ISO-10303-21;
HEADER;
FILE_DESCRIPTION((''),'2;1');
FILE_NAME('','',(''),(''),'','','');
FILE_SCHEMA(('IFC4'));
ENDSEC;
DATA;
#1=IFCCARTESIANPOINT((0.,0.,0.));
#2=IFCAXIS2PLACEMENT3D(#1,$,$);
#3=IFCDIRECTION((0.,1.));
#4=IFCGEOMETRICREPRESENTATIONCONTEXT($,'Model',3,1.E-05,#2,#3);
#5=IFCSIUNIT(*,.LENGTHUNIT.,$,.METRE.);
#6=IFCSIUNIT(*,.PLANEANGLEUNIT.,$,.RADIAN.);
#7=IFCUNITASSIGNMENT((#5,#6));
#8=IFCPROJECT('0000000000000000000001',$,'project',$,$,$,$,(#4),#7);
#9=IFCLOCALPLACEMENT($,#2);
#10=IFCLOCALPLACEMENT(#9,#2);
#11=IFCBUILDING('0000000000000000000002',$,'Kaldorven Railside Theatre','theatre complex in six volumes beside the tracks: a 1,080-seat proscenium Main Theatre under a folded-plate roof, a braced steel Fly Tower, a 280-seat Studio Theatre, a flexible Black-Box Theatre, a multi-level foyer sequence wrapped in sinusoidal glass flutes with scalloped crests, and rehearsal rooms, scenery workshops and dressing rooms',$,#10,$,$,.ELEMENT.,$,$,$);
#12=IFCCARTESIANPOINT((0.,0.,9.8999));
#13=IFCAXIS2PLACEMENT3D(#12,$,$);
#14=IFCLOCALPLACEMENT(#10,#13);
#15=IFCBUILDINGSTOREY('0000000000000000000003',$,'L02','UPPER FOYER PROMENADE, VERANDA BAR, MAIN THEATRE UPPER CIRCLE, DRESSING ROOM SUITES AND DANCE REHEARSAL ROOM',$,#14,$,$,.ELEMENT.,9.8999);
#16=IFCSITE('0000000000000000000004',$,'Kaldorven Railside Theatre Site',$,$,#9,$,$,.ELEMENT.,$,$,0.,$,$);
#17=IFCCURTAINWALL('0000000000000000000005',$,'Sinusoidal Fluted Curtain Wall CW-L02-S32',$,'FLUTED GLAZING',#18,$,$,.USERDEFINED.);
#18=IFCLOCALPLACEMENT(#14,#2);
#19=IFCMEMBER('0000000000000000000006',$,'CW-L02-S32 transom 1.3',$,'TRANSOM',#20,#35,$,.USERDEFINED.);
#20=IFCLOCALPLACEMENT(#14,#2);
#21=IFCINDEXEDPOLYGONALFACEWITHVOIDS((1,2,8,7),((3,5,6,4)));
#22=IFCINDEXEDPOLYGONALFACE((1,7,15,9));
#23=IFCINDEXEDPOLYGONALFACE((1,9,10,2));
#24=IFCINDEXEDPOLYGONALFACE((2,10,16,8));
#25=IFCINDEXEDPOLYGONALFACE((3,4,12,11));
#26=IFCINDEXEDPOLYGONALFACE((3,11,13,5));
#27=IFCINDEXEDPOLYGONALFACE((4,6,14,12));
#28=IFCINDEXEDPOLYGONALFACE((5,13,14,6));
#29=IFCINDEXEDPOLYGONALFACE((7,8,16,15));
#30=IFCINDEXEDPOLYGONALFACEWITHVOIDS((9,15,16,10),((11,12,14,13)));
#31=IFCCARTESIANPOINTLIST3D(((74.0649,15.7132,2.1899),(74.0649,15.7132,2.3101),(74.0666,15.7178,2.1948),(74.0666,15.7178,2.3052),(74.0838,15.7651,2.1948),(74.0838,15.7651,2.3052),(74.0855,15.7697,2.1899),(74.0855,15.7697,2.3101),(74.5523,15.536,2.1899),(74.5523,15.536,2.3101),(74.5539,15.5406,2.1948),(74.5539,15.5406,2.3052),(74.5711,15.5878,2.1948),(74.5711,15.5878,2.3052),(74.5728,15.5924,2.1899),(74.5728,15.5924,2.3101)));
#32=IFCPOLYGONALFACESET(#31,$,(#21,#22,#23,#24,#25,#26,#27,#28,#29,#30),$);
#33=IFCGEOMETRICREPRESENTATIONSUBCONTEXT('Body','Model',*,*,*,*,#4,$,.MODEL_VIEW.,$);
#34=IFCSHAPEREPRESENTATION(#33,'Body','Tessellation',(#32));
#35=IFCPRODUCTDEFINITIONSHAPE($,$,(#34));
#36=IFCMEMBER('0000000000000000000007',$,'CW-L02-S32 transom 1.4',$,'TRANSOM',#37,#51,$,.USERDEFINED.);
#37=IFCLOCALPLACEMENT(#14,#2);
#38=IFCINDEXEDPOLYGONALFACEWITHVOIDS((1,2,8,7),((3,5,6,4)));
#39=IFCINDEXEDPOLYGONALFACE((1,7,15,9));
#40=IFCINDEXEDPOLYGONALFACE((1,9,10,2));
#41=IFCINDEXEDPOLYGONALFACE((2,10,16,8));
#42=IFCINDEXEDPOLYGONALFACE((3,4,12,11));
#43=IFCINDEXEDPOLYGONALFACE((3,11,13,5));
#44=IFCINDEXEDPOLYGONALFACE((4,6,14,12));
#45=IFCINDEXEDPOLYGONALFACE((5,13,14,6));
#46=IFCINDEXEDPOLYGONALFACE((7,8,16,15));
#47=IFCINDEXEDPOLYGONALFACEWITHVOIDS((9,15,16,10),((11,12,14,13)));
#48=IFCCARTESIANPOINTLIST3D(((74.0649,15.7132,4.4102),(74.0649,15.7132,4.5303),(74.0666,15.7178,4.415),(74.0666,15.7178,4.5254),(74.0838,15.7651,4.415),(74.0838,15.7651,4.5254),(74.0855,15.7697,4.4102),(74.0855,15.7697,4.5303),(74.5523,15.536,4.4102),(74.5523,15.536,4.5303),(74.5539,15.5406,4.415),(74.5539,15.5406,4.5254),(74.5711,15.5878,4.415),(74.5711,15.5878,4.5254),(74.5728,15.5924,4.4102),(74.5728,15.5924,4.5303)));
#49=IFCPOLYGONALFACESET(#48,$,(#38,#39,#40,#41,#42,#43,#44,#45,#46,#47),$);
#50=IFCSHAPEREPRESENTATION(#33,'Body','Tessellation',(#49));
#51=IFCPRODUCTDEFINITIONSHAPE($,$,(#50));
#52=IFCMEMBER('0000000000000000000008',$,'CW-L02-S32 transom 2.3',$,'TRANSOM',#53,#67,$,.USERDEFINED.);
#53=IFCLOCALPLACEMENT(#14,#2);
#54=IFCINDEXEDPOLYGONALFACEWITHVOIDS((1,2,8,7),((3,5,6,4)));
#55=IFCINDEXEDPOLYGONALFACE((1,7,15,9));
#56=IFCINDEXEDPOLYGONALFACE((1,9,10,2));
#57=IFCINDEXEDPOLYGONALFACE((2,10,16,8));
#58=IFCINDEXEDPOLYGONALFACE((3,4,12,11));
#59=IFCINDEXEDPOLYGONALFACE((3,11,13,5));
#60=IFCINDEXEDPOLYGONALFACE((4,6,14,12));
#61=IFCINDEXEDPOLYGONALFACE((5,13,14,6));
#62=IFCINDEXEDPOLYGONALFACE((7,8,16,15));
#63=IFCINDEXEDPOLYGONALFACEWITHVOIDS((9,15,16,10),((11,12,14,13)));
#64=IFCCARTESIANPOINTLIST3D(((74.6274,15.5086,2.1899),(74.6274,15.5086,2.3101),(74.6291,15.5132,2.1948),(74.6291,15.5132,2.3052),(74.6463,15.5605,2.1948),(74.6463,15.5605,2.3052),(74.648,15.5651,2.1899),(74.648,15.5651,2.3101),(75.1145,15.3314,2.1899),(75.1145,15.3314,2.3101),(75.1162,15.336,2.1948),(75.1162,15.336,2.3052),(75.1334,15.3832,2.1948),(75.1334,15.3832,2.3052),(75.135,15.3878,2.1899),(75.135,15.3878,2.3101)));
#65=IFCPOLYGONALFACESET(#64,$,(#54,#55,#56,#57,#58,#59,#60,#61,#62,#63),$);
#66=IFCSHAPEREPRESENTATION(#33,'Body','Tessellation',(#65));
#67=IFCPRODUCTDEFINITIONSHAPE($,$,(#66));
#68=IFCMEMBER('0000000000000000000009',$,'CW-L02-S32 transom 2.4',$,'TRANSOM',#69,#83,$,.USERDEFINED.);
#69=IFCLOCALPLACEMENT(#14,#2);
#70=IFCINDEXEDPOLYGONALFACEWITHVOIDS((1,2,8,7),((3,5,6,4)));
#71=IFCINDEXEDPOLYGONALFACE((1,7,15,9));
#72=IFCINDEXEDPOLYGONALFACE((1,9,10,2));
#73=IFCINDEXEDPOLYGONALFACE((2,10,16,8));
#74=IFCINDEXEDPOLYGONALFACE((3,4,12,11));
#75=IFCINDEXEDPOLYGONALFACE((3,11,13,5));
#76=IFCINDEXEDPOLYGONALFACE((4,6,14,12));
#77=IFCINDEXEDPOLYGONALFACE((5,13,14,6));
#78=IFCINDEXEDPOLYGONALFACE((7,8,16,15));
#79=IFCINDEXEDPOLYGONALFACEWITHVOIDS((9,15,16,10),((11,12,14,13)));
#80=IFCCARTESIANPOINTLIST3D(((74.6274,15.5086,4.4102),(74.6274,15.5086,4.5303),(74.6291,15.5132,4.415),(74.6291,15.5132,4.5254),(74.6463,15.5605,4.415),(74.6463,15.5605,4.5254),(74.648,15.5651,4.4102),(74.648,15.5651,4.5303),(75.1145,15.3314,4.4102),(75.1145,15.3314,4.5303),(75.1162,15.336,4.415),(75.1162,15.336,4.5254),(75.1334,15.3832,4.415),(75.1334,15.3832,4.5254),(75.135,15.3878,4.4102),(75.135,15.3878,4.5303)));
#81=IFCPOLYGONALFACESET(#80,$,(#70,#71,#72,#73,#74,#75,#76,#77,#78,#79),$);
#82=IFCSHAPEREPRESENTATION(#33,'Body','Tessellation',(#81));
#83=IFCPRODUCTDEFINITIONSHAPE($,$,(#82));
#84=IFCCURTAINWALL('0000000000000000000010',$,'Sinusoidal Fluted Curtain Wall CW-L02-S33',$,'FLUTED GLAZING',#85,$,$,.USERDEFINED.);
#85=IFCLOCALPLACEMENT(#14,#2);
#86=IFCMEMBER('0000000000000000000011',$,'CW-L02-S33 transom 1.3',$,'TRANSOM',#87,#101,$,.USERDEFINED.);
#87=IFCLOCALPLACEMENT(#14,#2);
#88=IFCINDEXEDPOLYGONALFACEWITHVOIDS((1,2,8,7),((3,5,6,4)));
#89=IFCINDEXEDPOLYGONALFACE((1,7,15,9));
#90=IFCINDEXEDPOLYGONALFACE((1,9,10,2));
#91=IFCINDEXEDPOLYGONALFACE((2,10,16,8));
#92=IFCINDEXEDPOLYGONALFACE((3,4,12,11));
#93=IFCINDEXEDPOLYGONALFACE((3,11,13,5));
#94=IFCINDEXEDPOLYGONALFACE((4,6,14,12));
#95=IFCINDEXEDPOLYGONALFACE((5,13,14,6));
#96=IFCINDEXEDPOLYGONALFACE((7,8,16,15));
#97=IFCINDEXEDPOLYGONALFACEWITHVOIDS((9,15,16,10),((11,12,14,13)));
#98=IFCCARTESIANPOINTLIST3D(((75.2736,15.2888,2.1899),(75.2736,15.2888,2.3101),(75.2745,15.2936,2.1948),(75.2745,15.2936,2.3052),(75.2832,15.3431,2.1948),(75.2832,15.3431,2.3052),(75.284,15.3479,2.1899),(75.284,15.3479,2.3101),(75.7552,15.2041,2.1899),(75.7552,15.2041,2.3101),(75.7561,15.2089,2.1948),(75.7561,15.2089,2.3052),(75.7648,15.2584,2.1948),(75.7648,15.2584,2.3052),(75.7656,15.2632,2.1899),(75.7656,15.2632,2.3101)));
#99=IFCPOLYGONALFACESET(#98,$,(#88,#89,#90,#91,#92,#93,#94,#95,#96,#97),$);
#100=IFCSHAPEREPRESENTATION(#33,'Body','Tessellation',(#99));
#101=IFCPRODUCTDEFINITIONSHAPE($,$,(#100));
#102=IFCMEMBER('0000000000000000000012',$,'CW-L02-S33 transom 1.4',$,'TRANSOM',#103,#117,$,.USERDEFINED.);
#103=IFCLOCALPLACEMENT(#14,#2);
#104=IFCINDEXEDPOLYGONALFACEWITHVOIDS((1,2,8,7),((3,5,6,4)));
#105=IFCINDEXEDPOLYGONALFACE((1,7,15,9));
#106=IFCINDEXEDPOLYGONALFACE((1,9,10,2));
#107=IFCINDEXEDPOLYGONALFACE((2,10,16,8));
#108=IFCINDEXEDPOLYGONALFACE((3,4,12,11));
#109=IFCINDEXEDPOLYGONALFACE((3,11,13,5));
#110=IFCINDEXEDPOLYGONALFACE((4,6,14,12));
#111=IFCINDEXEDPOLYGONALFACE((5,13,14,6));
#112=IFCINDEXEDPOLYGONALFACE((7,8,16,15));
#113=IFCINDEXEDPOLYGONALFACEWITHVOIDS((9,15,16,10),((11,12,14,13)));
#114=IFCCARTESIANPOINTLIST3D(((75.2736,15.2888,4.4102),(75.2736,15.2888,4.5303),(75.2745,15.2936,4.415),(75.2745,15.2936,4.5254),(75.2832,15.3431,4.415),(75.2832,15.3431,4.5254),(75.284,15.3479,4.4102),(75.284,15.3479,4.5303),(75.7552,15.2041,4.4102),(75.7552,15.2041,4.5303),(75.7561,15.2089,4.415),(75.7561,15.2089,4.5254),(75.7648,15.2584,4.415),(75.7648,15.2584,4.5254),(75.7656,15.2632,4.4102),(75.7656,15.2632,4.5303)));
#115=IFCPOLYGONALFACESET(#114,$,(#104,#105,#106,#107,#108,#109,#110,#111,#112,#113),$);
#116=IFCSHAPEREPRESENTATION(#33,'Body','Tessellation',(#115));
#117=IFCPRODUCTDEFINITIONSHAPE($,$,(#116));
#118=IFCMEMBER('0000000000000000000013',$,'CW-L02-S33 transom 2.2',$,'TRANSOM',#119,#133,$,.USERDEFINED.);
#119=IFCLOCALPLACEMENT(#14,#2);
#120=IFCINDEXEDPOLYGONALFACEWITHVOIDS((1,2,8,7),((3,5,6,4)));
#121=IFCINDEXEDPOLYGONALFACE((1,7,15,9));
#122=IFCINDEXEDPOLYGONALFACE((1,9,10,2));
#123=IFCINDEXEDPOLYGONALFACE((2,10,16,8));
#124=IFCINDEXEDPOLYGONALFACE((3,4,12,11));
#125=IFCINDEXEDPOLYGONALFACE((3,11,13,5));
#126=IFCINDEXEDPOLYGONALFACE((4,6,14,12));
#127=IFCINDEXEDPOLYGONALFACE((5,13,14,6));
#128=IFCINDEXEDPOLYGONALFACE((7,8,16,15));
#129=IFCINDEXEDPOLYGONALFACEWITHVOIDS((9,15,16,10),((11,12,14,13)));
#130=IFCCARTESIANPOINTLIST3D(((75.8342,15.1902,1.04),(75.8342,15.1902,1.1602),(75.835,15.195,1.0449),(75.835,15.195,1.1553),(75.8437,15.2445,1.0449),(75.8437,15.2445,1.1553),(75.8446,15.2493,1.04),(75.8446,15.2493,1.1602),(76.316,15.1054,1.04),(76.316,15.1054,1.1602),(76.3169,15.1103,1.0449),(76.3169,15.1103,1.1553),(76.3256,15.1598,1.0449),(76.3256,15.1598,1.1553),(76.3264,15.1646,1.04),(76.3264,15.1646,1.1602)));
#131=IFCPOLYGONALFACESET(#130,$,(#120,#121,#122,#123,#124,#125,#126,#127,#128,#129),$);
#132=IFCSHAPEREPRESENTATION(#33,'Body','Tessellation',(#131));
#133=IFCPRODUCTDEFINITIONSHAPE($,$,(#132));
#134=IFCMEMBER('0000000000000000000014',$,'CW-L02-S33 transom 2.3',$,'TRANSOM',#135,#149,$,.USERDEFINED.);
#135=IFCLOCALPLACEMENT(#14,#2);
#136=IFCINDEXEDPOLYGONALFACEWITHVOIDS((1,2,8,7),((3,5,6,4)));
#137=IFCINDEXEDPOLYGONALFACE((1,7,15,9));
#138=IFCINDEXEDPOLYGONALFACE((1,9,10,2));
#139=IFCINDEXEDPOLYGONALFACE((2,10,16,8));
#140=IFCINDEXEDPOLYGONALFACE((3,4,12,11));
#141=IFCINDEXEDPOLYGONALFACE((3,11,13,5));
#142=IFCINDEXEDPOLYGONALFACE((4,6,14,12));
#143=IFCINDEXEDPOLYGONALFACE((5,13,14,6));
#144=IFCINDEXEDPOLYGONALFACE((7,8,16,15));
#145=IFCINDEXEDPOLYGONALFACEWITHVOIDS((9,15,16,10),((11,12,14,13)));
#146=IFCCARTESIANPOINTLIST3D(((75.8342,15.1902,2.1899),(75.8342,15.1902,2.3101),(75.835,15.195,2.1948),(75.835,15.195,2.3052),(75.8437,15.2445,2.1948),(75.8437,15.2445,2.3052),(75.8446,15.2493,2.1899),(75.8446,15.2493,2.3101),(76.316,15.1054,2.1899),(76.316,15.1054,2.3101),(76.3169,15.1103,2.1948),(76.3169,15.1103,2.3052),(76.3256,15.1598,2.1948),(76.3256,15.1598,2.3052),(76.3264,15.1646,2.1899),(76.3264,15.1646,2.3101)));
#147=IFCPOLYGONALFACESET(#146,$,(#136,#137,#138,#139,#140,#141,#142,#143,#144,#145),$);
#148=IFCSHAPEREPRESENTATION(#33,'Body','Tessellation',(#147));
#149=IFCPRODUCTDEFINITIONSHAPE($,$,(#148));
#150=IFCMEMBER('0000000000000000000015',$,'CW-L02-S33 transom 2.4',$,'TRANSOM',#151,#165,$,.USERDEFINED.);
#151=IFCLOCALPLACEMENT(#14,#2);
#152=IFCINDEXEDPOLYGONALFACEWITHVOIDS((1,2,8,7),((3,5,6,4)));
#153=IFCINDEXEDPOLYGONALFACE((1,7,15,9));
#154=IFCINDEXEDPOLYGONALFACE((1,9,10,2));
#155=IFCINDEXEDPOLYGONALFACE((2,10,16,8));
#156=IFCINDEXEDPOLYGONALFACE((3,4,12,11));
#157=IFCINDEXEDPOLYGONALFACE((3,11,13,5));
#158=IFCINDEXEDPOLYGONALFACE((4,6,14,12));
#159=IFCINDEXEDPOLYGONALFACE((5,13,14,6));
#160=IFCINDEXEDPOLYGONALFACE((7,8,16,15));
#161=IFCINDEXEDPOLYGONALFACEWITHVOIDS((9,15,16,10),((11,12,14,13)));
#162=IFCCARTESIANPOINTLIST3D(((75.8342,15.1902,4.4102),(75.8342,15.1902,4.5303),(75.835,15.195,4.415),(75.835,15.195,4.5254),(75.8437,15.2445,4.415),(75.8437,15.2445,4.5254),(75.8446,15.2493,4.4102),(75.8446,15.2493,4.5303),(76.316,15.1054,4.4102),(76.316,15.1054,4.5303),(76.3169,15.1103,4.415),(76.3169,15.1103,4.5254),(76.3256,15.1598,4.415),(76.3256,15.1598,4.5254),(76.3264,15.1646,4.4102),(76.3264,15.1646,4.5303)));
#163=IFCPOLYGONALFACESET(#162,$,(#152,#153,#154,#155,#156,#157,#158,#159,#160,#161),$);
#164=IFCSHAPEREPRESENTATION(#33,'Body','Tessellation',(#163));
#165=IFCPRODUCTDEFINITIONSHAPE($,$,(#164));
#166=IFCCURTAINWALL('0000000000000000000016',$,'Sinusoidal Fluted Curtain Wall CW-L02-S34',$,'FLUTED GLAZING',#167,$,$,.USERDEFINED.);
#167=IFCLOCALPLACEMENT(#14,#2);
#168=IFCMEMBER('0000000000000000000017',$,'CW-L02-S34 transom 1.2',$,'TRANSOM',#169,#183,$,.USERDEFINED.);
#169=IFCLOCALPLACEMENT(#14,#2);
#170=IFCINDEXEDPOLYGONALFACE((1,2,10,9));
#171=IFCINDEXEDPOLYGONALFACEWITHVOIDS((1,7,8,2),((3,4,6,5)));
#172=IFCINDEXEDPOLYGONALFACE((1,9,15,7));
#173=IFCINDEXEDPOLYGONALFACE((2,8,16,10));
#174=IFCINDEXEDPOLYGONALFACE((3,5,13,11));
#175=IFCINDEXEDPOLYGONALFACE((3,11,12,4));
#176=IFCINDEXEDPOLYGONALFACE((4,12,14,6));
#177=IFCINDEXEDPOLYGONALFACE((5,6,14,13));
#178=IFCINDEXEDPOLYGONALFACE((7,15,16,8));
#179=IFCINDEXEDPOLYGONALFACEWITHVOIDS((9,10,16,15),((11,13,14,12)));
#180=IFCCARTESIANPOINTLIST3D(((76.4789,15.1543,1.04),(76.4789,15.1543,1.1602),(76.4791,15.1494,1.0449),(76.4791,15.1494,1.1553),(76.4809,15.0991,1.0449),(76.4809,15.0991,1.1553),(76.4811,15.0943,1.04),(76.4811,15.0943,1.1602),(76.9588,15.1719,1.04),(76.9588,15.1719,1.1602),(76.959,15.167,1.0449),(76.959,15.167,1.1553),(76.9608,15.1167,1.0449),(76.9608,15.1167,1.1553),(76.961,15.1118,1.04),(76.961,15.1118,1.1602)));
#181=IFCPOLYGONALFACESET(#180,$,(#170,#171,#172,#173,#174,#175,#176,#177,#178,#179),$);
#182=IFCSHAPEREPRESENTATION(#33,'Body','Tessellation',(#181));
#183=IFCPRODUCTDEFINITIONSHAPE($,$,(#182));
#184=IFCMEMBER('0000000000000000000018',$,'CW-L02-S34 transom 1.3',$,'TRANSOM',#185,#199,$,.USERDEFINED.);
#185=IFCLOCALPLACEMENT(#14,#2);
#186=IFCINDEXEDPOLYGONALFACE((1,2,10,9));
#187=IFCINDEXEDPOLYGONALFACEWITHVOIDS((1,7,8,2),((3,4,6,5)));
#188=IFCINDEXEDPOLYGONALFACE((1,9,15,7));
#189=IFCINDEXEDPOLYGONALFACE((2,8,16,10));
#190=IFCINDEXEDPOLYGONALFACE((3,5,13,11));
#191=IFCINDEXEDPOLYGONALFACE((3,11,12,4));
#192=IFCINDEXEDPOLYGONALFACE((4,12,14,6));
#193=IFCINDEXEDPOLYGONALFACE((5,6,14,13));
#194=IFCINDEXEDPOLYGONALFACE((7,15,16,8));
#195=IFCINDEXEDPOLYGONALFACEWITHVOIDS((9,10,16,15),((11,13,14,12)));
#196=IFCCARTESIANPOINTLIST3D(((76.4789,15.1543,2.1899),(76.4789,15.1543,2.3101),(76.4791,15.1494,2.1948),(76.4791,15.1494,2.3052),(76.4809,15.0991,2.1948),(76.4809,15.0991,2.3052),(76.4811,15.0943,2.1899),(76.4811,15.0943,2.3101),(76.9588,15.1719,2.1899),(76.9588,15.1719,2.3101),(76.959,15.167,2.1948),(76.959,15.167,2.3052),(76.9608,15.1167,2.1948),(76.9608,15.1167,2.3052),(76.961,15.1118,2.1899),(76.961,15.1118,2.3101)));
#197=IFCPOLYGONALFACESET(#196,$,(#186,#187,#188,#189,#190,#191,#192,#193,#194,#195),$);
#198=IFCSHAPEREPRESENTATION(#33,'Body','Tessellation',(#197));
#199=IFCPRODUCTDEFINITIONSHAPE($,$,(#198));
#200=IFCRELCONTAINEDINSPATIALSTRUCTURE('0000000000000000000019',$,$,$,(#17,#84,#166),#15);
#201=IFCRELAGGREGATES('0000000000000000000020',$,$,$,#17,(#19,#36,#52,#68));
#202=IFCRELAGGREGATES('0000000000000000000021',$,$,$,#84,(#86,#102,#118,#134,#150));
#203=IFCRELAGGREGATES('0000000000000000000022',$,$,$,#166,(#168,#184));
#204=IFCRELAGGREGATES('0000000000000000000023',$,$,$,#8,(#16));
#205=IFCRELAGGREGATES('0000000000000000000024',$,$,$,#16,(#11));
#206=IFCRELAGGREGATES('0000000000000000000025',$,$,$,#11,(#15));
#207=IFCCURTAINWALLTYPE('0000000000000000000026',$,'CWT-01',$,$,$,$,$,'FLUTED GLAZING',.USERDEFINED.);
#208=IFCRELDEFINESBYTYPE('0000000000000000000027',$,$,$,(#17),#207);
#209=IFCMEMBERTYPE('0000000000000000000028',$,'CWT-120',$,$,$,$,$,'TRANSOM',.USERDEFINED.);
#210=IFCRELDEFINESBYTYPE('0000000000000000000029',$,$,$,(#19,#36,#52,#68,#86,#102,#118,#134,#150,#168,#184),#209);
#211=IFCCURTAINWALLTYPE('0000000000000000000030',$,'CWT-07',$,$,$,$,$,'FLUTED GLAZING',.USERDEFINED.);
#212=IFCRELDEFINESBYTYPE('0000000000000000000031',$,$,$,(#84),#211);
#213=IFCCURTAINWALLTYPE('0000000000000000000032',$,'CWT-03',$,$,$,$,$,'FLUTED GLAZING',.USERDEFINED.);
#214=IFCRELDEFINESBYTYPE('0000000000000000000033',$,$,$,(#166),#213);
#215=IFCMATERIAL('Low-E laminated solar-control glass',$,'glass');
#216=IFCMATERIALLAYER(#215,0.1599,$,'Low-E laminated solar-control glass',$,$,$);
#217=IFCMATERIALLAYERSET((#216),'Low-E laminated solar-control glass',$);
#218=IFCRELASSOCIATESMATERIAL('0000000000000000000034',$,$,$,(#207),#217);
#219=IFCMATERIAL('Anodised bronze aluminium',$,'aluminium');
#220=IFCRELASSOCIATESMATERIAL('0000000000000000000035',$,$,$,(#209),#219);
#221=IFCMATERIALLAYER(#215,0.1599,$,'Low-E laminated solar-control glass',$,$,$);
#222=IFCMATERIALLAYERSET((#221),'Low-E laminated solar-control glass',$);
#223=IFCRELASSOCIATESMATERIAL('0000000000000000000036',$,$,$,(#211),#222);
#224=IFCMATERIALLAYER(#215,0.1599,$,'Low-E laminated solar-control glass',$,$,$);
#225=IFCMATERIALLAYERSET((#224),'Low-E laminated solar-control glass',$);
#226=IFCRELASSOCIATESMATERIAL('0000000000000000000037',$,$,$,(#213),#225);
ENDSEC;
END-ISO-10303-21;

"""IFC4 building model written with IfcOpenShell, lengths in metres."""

from ifc_helpers import new_model, si_unit, direction, frame, origin, origin_2d, place, context, subcontext, project, spatial, hollow_rectangle, extrude, material, layer, layer_set, material_profile, profile_set, type_object, element, aggregate, save


model = new_model("IFC4")

# Units and contexts
model_context = context("Model", 3, precision=1e-05, world=origin(), true_north=direction((0.0, 1.0)))
body_context = subcontext(model_context, "Body", "Model", "MODEL_VIEW")
ifc_project = project(units=[si_unit("LENGTHUNIT", "METRE"), si_unit("PLANEANGLEUNIT", "RADIAN")], contexts=[model_context])

# Site, building, storey
site_placement = place(None, origin())
site = spatial("IfcSite", under=ifc_project, at=site_placement, Name="Kaldorven Railside Theatre Site", CompositionType="ELEMENT", RefElevation=0.0)
building_placement = place(site_placement, origin())
building = spatial("IfcBuilding", under=site, at=building_placement, Name="Kaldorven Railside Theatre", Description="theatre complex in six volumes beside the tracks: a 1,080-seat proscenium Main Theatre under a folded-plate roof, a braced steel Fly Tower, a 280-seat Studio Theatre, a flexible Black-Box Theatre, a multi-level foyer sequence wrapped in sinusoidal glass flutes with scalloped crests, and rehearsal rooms, scenery workshops and dressing rooms", CompositionType="ELEMENT")
storey_placement = place(building_placement, frame((0.0, 0.0, 9.8999)))
storey = spatial("IfcBuildingStorey", under=building, at=storey_placement, Name="L02", Description="UPPER FOYER PROMENADE, VERANDA BAR, MAIN THEATRE UPPER CIRCLE, DRESSING ROOM SUITES AND DANCE REHEARSAL ROOM", CompositionType="ELEMENT", Elevation=9.8999)

# Curtain walls, members
ifc_material_1 = material(Name="Low-E laminated solar-control glass", Category="glass")
ifc_layer_1 = layer(ifc_material_1, 0.1599, Name="Low-E laminated solar-control glass")
ifc_layer_set_1 = layer_set([ifc_layer_1], Name="Low-E laminated solar-control glass")
curtain_wall_type_1 = type_object("IfcCurtainWallType", Name="CWT-01", ElementType="FLUTED GLAZING", PredefinedType="USERDEFINED", material=ifc_layer_set_1)
curtain_wall_1_placement = place(storey_placement, origin())
curtain_wall_1 = element("IfcCurtainWall", 1, at=curtain_wall_1_placement, inside=storey, type_object=curtain_wall_type_1, Name="Sinusoidal Fluted Curtain Wall CW-L02-S32", ObjectType="FLUTED GLAZING", PredefinedType="USERDEFINED")
ifc_material_2 = material(Name="Anodised bronze aluminium", Category="aluminium")
ifc_material_profile = material_profile(ifc_material_2, hollow_rectangle(XDim=0.0601, YDim=0.1201, WallThickness=0.0049, at=origin_2d()), Name="RHS 120x60x5")
ifc_profile_set = profile_set([ifc_material_profile], Name="Anodised bronze aluminium")
member_type = type_object("IfcMemberType", Name="CWT-120", ElementType="TRANSOM", PredefinedType="USERDEFINED", material=ifc_profile_set)
member_1_placement = place(storey_placement, frame((74.0752, 15.7415, 2.25), z_axis=(0.939766, -0.341819, 0.0), x_axis=(0.341819, 0.939766, 0.0)))
member_1 = element("IfcMember", 2, at=member_1_placement, type_object=member_type, Name="CW-L02-S32 transom 1.3", ObjectType="TRANSOM", PredefinedType="USERDEFINED", context=body_context, shape_type="SweptSolid", body=[
    extrude(hollow_rectangle(XDim=0.0601, YDim=0.1201, WallThickness=0.0049, at=origin_2d()), origin(), (0.0, 0.0, 1.0), 0.5186),
])
member_2_placement = place(storey_placement, frame((74.0752, 15.7415, 4.4702), z_axis=(0.939766, -0.341819, 0.0), x_axis=(0.341819, 0.939766, 0.0)))
member_2 = element("IfcMember", 3, at=member_2_placement, type_object=member_type, Name="CW-L02-S32 transom 1.4", ObjectType="TRANSOM", PredefinedType="USERDEFINED", context=body_context, shape_type="SweptSolid", body=[
    extrude(hollow_rectangle(XDim=0.0601, YDim=0.1201, WallThickness=0.0049, at=origin_2d()), origin(), (0.0, 0.0, 1.0), 0.5186),
])
member_3_placement = place(storey_placement, frame((74.6377, 15.5369, 2.25), z_axis=(0.939711, -0.34197, 0.0), x_axis=(0.34197, 0.939711, 0.0)))
member_3 = element("IfcMember", 4, at=member_3_placement, type_object=member_type, Name="CW-L02-S32 transom 2.3", ObjectType="TRANSOM", PredefinedType="USERDEFINED", context=body_context, shape_type="SweptSolid", body=[
    extrude(hollow_rectangle(XDim=0.0601, YDim=0.1201, WallThickness=0.0049, at=origin_2d()), origin(), (0.0, 0.0, 1.0), 0.5183),
])
member_4_placement = place(storey_placement, frame((74.6377, 15.5369, 4.4702), z_axis=(0.939711, -0.34197, 0.0), x_axis=(0.34197, 0.939711, 0.0)))
member_4 = element("IfcMember", 5, at=member_4_placement, type_object=member_type, Name="CW-L02-S32 transom 2.4", ObjectType="TRANSOM", PredefinedType="USERDEFINED", context=body_context, shape_type="SweptSolid", body=[
    extrude(hollow_rectangle(XDim=0.0601, YDim=0.1201, WallThickness=0.0049, at=origin_2d()), origin(), (0.0, 0.0, 1.0), 0.5183),
])
ifc_layer_2 = layer(ifc_material_1, 0.1599, Name="Low-E laminated solar-control glass")
ifc_layer_set_2 = layer_set([ifc_layer_2], Name="Low-E laminated solar-control glass")
curtain_wall_type_2 = type_object("IfcCurtainWallType", Name="CWT-07", ElementType="FLUTED GLAZING", PredefinedType="USERDEFINED", material=ifc_layer_set_2)
curtain_wall_2_placement = place(storey_placement, origin())
curtain_wall_2 = element("IfcCurtainWall", 6, at=curtain_wall_2_placement, inside=storey, type_object=curtain_wall_type_2, Name="Sinusoidal Fluted Curtain Wall CW-L02-S33", ObjectType="FLUTED GLAZING", PredefinedType="USERDEFINED")
member_5_placement = place(storey_placement, frame((75.2788, 15.3184, 2.25), z_axis=(0.984884, -0.173216, 0.0), x_axis=(0.173216, 0.984884, 0.0)))
member_5 = element("IfcMember", 7, at=member_5_placement, type_object=member_type, Name="CW-L02-S33 transom 1.3", ObjectType="TRANSOM", PredefinedType="USERDEFINED", context=body_context, shape_type="SweptSolid", body=[
    extrude(hollow_rectangle(XDim=0.0601, YDim=0.1201, WallThickness=0.0049, at=origin_2d()), origin(), (0.0, 0.0, 1.0), 0.489),
])
member_6_placement = place(storey_placement, frame((75.2788, 15.3184, 4.4702), z_axis=(0.984884, -0.173216, 0.0), x_axis=(0.173216, 0.984884, 0.0)))
member_6 = element("IfcMember", 8, at=member_6_placement, type_object=member_type, Name="CW-L02-S33 transom 1.4", ObjectType="TRANSOM", PredefinedType="USERDEFINED", context=body_context, shape_type="SweptSolid", body=[
    extrude(hollow_rectangle(XDim=0.0601, YDim=0.1201, WallThickness=0.0049, at=origin_2d()), origin(), (0.0, 0.0, 1.0), 0.489),
])
member_7_placement = place(storey_placement, frame((75.8394, 15.2197, 1.1001), z_axis=(0.984899, -0.173131, 0.0), x_axis=(0.173131, 0.984899, 0.0)))
member_7 = element("IfcMember", 9, at=member_7_placement, type_object=member_type, Name="CW-L02-S33 transom 2.2", ObjectType="TRANSOM", PredefinedType="USERDEFINED", context=body_context, shape_type="SweptSolid", body=[
    extrude(hollow_rectangle(XDim=0.0601, YDim=0.1201, WallThickness=0.0049, at=origin_2d()), origin(), (0.0, 0.0, 1.0), 0.4893),
])
member_8_placement = place(storey_placement, frame((75.8394, 15.2197, 2.25), z_axis=(0.984899, -0.173131, 0.0), x_axis=(0.173131, 0.984899, 0.0)))
member_8 = element("IfcMember", 10, at=member_8_placement, type_object=member_type, Name="CW-L02-S33 transom 2.3", ObjectType="TRANSOM", PredefinedType="USERDEFINED", context=body_context, shape_type="SweptSolid", body=[
    extrude(hollow_rectangle(XDim=0.0601, YDim=0.1201, WallThickness=0.0049, at=origin_2d()), origin(), (0.0, 0.0, 1.0), 0.4893),
])
member_9_placement = place(storey_placement, frame((75.8394, 15.2197, 4.4702), z_axis=(0.984899, -0.173131, 0.0), x_axis=(0.173131, 0.984899, 0.0)))
member_9 = element("IfcMember", 11, at=member_9_placement, type_object=member_type, Name="CW-L02-S33 transom 2.4", ObjectType="TRANSOM", PredefinedType="USERDEFINED", context=body_context, shape_type="SweptSolid", body=[
    extrude(hollow_rectangle(XDim=0.0601, YDim=0.1201, WallThickness=0.0049, at=origin_2d()), origin(), (0.0, 0.0, 1.0), 0.4893),
])
ifc_layer_3 = layer(ifc_material_1, 0.1599, Name="Low-E laminated solar-control glass")
ifc_layer_set_3 = layer_set([ifc_layer_3], Name="Low-E laminated solar-control glass")
curtain_wall_type_3 = type_object("IfcCurtainWallType", Name="CWT-03", ElementType="FLUTED GLAZING", PredefinedType="USERDEFINED", material=ifc_layer_set_3)
curtain_wall_3_placement = place(storey_placement, origin())
curtain_wall_3 = element("IfcCurtainWall", 12, at=curtain_wall_3_placement, inside=storey, type_object=curtain_wall_type_3, Name="Sinusoidal Fluted Curtain Wall CW-L02-S34", ObjectType="FLUTED GLAZING", PredefinedType="USERDEFINED")
member_10_placement = place(storey_placement, frame((76.48, 15.1243, 1.1001), z_axis=(0.99933, 0.036598, 0.0), x_axis=(-0.036598, 0.99933, 0.0)))
member_10 = element("IfcMember", 13, at=member_10_placement, type_object=member_type, Name="CW-L02-S34 transom 1.2", ObjectType="TRANSOM", PredefinedType="USERDEFINED", context=body_context, shape_type="SweptSolid", body=[
    extrude(hollow_rectangle(XDim=0.0601, YDim=0.1201, WallThickness=0.0049, at=origin_2d()), origin(), (0.0, 0.0, 1.0), 0.4802),
])
member_11_placement = place(storey_placement, frame((76.48, 15.1243, 2.25), z_axis=(0.99933, 0.036598, 0.0), x_axis=(-0.036598, 0.99933, 0.0)))
member_11 = element("IfcMember", 14, at=member_11_placement, type_object=member_type, Name="CW-L02-S34 transom 1.3", ObjectType="TRANSOM", PredefinedType="USERDEFINED", context=body_context, shape_type="SweptSolid", body=[
    extrude(hollow_rectangle(XDim=0.0601, YDim=0.1201, WallThickness=0.0049, at=origin_2d()), origin(), (0.0, 0.0, 1.0), 0.4802),
])

aggregate(curtain_wall_1, [member_1, member_2, member_3, member_4])
aggregate(curtain_wall_2, [member_5, member_6, member_7, member_8, member_9])
aggregate(curtain_wall_3, [member_10, member_11])

save(model, "model.ifc")
